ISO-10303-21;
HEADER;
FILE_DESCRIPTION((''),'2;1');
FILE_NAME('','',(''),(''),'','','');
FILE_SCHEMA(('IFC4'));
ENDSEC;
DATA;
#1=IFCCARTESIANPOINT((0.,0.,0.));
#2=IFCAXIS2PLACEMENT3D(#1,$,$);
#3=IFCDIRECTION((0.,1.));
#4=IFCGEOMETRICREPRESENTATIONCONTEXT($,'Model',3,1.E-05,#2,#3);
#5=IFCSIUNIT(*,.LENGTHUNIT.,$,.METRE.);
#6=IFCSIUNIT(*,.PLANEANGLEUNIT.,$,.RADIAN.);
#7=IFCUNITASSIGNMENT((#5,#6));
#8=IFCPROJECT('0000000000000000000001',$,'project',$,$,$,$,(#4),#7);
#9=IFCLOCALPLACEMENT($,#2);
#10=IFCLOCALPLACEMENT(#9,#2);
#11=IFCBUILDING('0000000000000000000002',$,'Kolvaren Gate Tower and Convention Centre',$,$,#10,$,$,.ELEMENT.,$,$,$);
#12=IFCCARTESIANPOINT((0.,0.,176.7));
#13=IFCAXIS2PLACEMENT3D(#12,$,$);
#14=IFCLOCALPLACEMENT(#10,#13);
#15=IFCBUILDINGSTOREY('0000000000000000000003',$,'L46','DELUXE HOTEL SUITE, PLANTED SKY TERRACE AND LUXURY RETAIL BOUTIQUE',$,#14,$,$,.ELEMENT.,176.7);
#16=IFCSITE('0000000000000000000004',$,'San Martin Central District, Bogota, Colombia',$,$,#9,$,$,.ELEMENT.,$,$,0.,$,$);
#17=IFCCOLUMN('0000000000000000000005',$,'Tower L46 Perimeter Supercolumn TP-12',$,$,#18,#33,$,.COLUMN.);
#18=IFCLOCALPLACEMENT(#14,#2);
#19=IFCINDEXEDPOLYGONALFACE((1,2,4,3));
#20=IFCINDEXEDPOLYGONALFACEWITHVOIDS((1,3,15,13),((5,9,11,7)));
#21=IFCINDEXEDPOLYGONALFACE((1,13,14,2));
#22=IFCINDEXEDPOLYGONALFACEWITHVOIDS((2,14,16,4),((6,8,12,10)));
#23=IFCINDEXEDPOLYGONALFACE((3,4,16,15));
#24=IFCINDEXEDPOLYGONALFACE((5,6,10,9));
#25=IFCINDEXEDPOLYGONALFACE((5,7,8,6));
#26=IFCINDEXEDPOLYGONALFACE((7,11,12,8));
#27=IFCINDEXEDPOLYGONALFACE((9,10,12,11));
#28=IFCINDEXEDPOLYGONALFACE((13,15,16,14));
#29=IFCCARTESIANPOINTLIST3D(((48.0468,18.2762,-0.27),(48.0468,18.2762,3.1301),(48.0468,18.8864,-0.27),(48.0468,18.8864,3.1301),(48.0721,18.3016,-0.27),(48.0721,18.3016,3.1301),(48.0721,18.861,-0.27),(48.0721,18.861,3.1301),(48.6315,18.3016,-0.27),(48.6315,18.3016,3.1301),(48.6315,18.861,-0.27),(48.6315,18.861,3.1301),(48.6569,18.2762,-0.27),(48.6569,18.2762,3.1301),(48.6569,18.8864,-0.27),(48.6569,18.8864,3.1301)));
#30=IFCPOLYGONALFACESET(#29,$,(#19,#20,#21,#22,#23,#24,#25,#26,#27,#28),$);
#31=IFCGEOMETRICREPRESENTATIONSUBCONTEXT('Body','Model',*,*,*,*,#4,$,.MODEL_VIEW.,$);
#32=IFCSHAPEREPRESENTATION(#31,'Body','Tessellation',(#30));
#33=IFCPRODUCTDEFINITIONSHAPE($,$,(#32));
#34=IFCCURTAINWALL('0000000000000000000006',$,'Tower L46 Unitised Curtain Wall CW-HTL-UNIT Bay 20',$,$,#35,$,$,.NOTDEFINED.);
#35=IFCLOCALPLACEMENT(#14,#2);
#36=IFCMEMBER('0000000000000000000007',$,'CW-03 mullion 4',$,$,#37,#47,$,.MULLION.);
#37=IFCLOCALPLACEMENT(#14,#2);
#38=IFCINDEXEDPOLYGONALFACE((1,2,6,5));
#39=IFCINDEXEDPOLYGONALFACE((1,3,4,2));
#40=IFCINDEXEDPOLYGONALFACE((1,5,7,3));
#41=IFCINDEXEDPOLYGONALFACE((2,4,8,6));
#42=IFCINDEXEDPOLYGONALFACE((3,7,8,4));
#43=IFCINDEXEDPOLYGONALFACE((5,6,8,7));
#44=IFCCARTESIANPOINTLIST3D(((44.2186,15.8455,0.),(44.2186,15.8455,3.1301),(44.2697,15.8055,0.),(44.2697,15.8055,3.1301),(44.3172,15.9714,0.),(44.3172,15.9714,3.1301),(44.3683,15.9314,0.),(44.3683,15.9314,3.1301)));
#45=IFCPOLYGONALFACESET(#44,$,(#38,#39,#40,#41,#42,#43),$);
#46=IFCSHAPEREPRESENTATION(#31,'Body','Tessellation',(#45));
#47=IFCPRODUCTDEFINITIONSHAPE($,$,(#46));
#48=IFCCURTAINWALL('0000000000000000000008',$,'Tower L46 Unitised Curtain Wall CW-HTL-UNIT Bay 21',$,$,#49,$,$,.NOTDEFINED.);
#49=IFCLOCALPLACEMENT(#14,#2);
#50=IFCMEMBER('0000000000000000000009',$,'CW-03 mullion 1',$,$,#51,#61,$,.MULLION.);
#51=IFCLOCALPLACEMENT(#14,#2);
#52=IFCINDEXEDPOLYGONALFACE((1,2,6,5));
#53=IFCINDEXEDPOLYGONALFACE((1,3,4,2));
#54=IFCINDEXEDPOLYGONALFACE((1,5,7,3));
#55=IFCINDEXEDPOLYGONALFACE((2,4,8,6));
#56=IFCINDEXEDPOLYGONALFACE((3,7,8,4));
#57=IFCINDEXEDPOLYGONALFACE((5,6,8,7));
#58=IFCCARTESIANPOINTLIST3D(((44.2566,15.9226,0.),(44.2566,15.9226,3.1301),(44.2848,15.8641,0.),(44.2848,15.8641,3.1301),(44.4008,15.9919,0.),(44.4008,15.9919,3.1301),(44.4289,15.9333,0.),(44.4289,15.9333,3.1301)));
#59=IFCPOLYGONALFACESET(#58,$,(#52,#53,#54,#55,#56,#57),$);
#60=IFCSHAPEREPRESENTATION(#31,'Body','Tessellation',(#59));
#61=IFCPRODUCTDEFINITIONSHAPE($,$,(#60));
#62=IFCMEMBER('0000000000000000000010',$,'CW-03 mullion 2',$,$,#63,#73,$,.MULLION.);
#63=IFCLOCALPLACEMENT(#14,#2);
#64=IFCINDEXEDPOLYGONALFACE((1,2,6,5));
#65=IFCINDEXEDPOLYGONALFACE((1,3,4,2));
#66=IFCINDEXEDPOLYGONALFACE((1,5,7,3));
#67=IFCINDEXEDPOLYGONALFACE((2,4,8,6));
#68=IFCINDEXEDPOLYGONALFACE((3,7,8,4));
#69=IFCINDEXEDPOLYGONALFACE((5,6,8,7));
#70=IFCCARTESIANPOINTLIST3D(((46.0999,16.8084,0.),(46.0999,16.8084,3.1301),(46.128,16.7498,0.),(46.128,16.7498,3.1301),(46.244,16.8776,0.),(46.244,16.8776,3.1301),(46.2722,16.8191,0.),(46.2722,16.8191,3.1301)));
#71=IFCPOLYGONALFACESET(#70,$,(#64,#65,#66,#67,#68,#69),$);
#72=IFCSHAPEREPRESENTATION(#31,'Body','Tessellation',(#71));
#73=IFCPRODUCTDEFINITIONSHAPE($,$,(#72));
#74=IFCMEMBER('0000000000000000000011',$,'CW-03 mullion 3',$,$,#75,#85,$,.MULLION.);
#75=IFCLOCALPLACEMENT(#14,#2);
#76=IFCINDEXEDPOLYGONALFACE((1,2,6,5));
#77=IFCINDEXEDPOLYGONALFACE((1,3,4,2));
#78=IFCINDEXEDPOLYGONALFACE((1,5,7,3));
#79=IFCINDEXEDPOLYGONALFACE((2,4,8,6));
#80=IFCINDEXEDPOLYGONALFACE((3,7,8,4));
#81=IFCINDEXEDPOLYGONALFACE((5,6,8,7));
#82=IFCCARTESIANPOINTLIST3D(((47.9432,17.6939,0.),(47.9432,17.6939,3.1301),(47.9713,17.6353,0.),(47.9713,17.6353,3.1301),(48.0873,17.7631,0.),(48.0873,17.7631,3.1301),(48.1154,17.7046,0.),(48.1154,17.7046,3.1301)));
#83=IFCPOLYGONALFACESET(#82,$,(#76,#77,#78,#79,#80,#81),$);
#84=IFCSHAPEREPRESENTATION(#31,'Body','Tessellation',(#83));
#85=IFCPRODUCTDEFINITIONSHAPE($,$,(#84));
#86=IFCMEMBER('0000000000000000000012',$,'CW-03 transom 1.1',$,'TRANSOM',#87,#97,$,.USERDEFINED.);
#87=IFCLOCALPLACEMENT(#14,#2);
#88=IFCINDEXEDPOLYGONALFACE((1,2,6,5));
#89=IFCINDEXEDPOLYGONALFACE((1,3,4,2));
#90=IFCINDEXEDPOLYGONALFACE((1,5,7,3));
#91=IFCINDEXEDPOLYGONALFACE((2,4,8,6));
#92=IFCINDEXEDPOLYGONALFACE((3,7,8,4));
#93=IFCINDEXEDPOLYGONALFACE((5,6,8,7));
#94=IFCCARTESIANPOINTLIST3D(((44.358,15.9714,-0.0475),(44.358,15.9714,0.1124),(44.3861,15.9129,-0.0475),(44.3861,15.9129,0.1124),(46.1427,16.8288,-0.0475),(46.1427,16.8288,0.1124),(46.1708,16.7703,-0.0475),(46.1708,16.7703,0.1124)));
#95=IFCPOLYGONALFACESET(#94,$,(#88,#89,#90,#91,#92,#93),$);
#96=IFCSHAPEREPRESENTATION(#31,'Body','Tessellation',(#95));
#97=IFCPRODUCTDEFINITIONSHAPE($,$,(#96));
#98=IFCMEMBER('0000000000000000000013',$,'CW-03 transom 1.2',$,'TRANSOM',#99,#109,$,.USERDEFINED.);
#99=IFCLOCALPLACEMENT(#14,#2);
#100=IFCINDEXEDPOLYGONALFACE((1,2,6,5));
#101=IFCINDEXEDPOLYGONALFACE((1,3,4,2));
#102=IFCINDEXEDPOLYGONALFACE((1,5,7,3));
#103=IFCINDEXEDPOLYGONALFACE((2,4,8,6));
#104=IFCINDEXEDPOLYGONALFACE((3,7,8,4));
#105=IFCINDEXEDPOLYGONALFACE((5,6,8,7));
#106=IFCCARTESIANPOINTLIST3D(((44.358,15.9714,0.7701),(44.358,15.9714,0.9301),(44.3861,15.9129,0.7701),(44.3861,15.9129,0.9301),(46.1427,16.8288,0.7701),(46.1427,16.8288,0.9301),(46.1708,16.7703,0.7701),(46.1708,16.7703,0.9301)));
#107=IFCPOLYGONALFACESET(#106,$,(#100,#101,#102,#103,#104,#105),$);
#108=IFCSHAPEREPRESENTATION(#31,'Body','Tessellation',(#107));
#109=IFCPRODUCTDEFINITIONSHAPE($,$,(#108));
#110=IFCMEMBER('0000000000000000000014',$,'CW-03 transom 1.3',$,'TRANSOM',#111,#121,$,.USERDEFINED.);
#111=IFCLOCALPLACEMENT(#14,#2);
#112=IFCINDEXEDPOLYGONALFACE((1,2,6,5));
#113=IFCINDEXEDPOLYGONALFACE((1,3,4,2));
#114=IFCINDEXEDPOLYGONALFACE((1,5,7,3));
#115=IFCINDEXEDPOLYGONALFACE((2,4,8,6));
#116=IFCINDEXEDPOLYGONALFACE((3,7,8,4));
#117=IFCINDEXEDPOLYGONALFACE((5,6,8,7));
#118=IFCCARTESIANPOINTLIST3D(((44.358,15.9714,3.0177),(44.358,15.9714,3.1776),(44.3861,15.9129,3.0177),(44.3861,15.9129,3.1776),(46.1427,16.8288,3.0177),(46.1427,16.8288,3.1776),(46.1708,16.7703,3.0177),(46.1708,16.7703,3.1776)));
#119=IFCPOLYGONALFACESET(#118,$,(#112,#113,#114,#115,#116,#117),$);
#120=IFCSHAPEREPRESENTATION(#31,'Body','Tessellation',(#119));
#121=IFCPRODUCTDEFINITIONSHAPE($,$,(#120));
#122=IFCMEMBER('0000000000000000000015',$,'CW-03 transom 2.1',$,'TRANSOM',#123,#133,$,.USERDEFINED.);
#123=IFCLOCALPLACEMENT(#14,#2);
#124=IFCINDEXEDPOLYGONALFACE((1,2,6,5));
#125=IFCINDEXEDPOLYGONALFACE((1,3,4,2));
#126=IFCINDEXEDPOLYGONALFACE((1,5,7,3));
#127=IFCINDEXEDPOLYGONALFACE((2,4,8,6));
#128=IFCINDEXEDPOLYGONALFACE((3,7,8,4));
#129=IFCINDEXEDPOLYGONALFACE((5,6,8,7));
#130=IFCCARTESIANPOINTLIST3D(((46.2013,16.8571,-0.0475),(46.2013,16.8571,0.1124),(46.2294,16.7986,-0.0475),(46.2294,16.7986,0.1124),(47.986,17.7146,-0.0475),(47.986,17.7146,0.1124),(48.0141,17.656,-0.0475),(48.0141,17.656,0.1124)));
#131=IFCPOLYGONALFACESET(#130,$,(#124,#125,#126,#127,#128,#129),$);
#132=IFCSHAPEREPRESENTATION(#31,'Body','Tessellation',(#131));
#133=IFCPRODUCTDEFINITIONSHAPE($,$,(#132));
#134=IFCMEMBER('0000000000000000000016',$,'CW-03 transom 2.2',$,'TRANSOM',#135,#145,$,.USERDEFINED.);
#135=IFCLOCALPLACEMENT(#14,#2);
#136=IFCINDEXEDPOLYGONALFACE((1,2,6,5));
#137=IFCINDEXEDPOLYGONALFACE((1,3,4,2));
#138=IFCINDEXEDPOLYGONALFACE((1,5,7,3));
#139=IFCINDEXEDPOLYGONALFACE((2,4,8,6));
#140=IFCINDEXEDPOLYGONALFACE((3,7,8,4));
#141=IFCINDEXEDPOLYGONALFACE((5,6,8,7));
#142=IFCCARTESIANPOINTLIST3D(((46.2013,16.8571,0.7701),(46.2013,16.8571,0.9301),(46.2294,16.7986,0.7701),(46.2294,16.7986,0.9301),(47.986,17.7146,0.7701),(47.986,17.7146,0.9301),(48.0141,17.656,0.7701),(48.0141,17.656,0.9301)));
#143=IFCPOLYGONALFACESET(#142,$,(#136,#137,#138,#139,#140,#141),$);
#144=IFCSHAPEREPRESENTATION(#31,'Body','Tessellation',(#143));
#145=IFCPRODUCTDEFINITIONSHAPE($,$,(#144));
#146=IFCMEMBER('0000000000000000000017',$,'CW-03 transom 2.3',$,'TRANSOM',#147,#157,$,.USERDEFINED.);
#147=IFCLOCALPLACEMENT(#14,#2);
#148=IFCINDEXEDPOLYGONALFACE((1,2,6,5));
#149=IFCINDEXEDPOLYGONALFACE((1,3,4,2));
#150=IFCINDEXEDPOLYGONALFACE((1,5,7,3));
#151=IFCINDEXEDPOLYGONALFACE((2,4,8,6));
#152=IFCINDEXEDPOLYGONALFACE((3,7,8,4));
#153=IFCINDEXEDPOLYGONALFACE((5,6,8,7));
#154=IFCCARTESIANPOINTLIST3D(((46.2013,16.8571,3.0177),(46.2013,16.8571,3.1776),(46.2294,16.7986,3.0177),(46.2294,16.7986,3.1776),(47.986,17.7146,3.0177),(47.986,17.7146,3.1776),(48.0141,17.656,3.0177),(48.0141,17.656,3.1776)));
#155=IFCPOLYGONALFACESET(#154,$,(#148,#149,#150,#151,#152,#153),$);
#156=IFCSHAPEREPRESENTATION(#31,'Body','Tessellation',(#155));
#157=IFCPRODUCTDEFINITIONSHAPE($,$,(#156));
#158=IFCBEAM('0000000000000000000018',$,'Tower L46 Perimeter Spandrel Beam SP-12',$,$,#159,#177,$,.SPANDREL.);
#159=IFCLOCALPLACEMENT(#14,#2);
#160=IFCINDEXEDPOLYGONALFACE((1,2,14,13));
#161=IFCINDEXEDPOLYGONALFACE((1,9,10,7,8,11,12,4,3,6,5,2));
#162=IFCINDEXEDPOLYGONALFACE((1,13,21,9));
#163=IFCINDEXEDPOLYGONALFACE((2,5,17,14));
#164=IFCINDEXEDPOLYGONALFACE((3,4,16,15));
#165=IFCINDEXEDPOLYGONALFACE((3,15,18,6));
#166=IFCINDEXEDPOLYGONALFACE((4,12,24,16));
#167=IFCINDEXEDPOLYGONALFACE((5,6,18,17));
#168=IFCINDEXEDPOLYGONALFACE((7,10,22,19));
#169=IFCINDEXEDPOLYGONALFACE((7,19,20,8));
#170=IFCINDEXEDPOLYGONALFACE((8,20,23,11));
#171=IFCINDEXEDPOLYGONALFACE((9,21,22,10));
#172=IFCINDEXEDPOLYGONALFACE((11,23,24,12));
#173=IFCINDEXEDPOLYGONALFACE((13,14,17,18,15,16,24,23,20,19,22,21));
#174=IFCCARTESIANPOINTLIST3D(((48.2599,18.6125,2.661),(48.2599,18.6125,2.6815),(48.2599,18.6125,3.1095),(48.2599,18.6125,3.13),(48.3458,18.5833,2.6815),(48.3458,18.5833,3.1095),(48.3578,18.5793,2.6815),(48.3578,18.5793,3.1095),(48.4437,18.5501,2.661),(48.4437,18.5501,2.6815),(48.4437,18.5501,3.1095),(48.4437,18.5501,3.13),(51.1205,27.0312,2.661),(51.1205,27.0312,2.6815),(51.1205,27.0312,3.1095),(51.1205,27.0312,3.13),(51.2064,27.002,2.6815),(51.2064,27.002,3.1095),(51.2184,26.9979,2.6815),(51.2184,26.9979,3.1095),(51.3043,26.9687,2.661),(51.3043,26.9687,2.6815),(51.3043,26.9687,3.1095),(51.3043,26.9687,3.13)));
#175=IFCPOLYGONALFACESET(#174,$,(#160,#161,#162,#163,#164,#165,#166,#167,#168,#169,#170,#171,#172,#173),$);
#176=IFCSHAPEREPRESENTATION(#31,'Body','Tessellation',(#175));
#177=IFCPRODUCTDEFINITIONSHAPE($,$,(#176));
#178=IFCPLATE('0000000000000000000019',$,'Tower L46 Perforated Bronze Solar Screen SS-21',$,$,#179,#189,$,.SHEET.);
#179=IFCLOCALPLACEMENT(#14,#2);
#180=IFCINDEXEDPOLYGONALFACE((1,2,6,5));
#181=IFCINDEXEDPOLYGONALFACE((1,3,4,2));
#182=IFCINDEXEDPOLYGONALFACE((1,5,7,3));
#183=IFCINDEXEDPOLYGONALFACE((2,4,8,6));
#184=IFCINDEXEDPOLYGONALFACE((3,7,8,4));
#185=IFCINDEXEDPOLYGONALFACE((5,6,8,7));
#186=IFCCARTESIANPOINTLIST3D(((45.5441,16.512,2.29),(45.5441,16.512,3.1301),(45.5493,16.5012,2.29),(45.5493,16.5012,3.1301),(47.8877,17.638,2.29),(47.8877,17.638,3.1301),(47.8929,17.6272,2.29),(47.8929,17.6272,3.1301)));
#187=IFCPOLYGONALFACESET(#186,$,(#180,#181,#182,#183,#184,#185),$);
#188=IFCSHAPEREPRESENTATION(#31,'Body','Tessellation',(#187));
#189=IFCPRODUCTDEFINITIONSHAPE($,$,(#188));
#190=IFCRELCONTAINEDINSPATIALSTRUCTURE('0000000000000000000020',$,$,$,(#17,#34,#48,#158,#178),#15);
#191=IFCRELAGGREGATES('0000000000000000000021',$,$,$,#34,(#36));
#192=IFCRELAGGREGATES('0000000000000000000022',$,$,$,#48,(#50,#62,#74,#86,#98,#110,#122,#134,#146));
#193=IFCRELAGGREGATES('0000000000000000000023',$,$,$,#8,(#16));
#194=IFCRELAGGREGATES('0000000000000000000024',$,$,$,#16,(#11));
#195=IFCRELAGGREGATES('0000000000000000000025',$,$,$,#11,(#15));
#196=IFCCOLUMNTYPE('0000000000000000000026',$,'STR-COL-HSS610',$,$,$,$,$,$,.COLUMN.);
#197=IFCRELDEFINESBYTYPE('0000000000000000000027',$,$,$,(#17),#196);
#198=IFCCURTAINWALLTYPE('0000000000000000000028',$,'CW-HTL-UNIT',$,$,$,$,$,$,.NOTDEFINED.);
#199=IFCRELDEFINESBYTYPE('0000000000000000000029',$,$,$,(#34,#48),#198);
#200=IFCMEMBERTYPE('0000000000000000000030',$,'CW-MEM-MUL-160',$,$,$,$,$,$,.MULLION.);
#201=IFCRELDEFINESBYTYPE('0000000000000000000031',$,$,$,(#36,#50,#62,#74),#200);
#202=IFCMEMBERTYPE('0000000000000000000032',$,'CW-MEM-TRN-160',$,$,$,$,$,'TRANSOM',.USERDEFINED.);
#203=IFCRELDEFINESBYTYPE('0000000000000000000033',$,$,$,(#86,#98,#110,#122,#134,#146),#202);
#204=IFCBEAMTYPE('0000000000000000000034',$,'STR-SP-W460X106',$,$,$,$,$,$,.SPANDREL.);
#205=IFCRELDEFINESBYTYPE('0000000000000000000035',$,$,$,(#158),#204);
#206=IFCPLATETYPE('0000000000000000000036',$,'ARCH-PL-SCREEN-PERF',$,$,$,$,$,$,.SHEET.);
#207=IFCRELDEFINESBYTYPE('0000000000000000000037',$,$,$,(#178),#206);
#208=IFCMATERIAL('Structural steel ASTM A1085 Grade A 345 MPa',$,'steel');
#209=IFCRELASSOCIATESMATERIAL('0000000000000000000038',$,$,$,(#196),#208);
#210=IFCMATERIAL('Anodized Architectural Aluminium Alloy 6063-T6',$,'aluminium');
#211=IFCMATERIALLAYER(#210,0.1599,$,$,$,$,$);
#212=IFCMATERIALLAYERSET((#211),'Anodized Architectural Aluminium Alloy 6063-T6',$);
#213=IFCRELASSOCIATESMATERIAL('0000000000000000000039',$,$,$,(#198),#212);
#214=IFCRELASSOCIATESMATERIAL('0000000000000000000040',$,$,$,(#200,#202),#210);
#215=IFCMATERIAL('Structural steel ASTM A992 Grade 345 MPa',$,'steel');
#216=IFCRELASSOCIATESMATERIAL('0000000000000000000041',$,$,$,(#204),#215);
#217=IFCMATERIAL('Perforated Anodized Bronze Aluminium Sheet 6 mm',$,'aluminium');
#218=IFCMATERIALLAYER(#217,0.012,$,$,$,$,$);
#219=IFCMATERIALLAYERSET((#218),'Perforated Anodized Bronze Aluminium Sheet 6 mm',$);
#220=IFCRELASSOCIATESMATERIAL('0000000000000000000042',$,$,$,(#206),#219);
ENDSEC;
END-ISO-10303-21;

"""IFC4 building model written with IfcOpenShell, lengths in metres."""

from ifc_helpers import new_model, si_unit, direction, frame, origin, origin_2d, place, context, subcontext, project, spatial, rectangle, hollow_rectangle, i_section, extrude, material, layer, layer_set, material_profile, profile_set, type_object, element, aggregate, save


model = new_model("IFC4")

# Units and contexts
model_context = context("Model", 3, precision=1e-05, world=origin(), true_north=direction((0.0, 1.0)))
body_context = subcontext(model_context, "Body", "Model", "MODEL_VIEW")
ifc_project = project(units=[si_unit("LENGTHUNIT", "METRE"), si_unit("PLANEANGLEUNIT", "RADIAN")], contexts=[model_context])

# Site, building, storey
site_placement = place(None, origin())
site = spatial("IfcSite", under=ifc_project, at=site_placement, Name="San Martin Central District, Bogota, Colombia", CompositionType="ELEMENT", RefElevation=0.0)
building_placement = place(site_placement, origin())
building = spatial("IfcBuilding", under=site, at=building_placement, Name="Kolvaren Gate Tower and Convention Centre", CompositionType="ELEMENT")
storey_placement = place(building_placement, frame((0.0, 0.0, 176.7)))
storey = spatial("IfcBuildingStorey", under=building, at=storey_placement, Name="L46", Description="DELUXE HOTEL SUITE, PLANTED SKY TERRACE AND LUXURY RETAIL BOUTIQUE", CompositionType="ELEMENT", Elevation=176.7)

# Column
ifc_material_1 = material(Name="Structural steel ASTM A1085 Grade A 345 MPa", Category="steel")
ifc_material_profile_1 = material_profile(ifc_material_1, hollow_rectangle(XDim=0.6101, YDim=0.6101, WallThickness=0.0254, at=origin_2d()), Name="HSS610X610X25.4")
ifc_profile_set_1 = profile_set([ifc_material_profile_1], Name="Structural steel ASTM A1085 Grade A 345 MPa")
column_type = type_object("IfcColumnType", Name="STR-COL-HSS610", PredefinedType="COLUMN", material=ifc_profile_set_1)
column_placement = place(storey_placement, frame((48.3518, 18.5813, -0.27), z_axis=(0.0, 0.0, 1.0), x_axis=(1.0, 0.0, 0.0)))
element("IfcColumn", 1, at=column_placement, inside=storey, type_object=column_type, Name="Tower L46 Perimeter Supercolumn TP-12", PredefinedType="COLUMN", context=body_context, shape_type="SweptSolid", body=[
    extrude(hollow_rectangle(XDim=0.6101, YDim=0.6101, WallThickness=0.0254, at=origin_2d()), origin(), (0.0, 0.0, 1.0), 3.4001),
])

# Curtain wall, member
ifc_material_2 = material(Name="Anodized Architectural Aluminium Alloy 6063-T6", Category="aluminium")
ifc_layer_1 = layer(ifc_material_2, 0.1599)
ifc_layer_set_1 = layer_set([ifc_layer_1], Name="Anodized Architectural Aluminium Alloy 6063-T6")
curtain_wall_type = type_object("IfcCurtainWallType", Name="CW-HTL-UNIT", PredefinedType="NOTDEFINED", material=ifc_layer_set_1)
curtain_wall_1_placement = place(storey_placement, origin())
curtain_wall_1 = element("IfcCurtainWall", 2, at=curtain_wall_1_placement, inside=storey, type_object=curtain_wall_type, Name="Tower L46 Unitised Curtain Wall CW-HTL-UNIT Bay 20", PredefinedType="NOTDEFINED")
ifc_material_profile_2 = material_profile(ifc_material_2, rectangle(XDim=0.0649, YDim=0.1599, at=origin_2d()), Name="CW-MEM-MUL-160")
ifc_profile_set_2 = profile_set([ifc_material_profile_2], Name="Anodized Architectural Aluminium Alloy 6063-T6")
member_type_1 = type_object("IfcMemberType", Name="CW-MEM-MUL-160", PredefinedType="MULLION", material=ifc_profile_set_2)
member_1_placement = place(storey_placement, frame((44.2935, 15.8884, 0.0), z_axis=(0.0, 0.0, 1.0), x_axis=(-0.787404, 0.616438, 0.0)))
member_1 = element("IfcMember", 3, at=member_1_placement, type_object=member_type_1, Name="CW-03 mullion 4", PredefinedType="MULLION", context=body_context, shape_type="SweptSolid", body=[
    extrude(rectangle(XDim=0.0649, YDim=0.1599, at=origin_2d()), origin(), (0.0, 0.0, 1.0), 3.1301),
])

# Curtain wall, members
curtain_wall_2_placement = place(storey_placement, origin())
curtain_wall_2 = element("IfcCurtainWall", 4, at=curtain_wall_2_placement, inside=storey, type_object=curtain_wall_type, Name="Tower L46 Unitised Curtain Wall CW-HTL-UNIT Bay 21", PredefinedType="NOTDEFINED")
member_2_placement = place(storey_placement, frame((44.3428, 15.928, 0.0), z_axis=(0.0, 0.0, 1.0), x_axis=(-0.433074, 0.901358, 0.0)))
member_2 = element("IfcMember", 5, at=member_2_placement, type_object=member_type_1, Name="CW-03 mullion 1", PredefinedType="MULLION", context=body_context, shape_type="SweptSolid", body=[
    extrude(rectangle(XDim=0.0649, YDim=0.1599, at=origin_2d()), origin(), (0.0, 0.0, 1.0), 3.1301),
])
member_3_placement = place(storey_placement, frame((46.186, 16.8137, 0.0), z_axis=(0.0, 0.0, 1.0), x_axis=(-0.433074, 0.901358, 0.0)))
member_3 = element("IfcMember", 6, at=member_3_placement, type_object=member_type_1, Name="CW-03 mullion 2", PredefinedType="MULLION", context=body_context, shape_type="SweptSolid", body=[
    extrude(rectangle(XDim=0.0649, YDim=0.1599, at=origin_2d()), origin(), (0.0, 0.0, 1.0), 3.1301),
])
member_4_placement = place(storey_placement, frame((48.0293, 17.6992, 0.0), z_axis=(0.0, 0.0, 1.0), x_axis=(-0.433074, 0.901358, 0.0)))
member_4 = element("IfcMember", 7, at=member_4_placement, type_object=member_type_1, Name="CW-03 mullion 3", PredefinedType="MULLION", context=body_context, shape_type="SweptSolid", body=[
    extrude(rectangle(XDim=0.0649, YDim=0.1599, at=origin_2d()), origin(), (0.0, 0.0, 1.0), 3.1301),
])
ifc_material_profile_3 = material_profile(ifc_material_2, rectangle(XDim=0.0649, YDim=0.1599, at=origin_2d()), Name="CW-MEM-TRN-160")
ifc_profile_set_3 = profile_set([ifc_material_profile_3], Name="Anodized Architectural Aluminium Alloy 6063-T6")
member_type_2 = type_object("IfcMemberType", Name="CW-MEM-TRN-160", ElementType="TRANSOM", PredefinedType="USERDEFINED", material=ifc_profile_set_3)
member_5_placement = place(storey_placement, frame((44.3721, 15.9421, 0.0325), z_axis=(0.901369, 0.433052, 0.0), x_axis=(-0.433052, 0.901369, 0.0)))
member_5 = element("IfcMember", 8, at=member_5_placement, type_object=member_type_2, Name="CW-03 transom 1.1", ObjectType="TRANSOM", PredefinedType="USERDEFINED", context=body_context, shape_type="SweptSolid", body=[
    extrude(rectangle(XDim=0.0649, YDim=0.1599, at=origin_2d()), origin(), (0.0, 0.0, 1.0), 1.98),
])
member_6_placement = place(storey_placement, frame((44.3721, 15.9421, 0.8501), z_axis=(0.901369, 0.433052, 0.0), x_axis=(-0.433052, 0.901369, 0.0)))
member_6 = element("IfcMember", 9, at=member_6_placement, type_object=member_type_2, Name="CW-03 transom 1.2", ObjectType="TRANSOM", PredefinedType="USERDEFINED", context=body_context, shape_type="SweptSolid", body=[
    extrude(rectangle(XDim=0.0649, YDim=0.1599, at=origin_2d()), origin(), (0.0, 0.0, 1.0), 1.98),
])
member_7_placement = place(storey_placement, frame((44.3721, 15.9421, 3.0977), z_axis=(0.901369, 0.433052, 0.0), x_axis=(-0.433052, 0.901369, 0.0)))
member_7 = element("IfcMember", 10, at=member_7_placement, type_object=member_type_2, Name="CW-03 transom 1.3", ObjectType="TRANSOM", PredefinedType="USERDEFINED", context=body_context, shape_type="SweptSolid", body=[
    extrude(rectangle(XDim=0.0649, YDim=0.1599, at=origin_2d()), origin(), (0.0, 0.0, 1.0), 1.98),
])
member_8_placement = place(storey_placement, frame((46.2153, 16.8279, 0.0325), z_axis=(0.901369, 0.433052, 0.0), x_axis=(-0.433052, 0.901369, 0.0)))
member_8 = element("IfcMember", 11, at=member_8_placement, type_object=member_type_2, Name="CW-03 transom 2.1", ObjectType="TRANSOM", PredefinedType="USERDEFINED", context=body_context, shape_type="SweptSolid", body=[
    extrude(rectangle(XDim=0.0649, YDim=0.1599, at=origin_2d()), origin(), (0.0, 0.0, 1.0), 1.98),
])
member_9_placement = place(storey_placement, frame((46.2153, 16.8279, 0.8501), z_axis=(0.901369, 0.433052, 0.0), x_axis=(-0.433052, 0.901369, 0.0)))
member_9 = element("IfcMember", 12, at=member_9_placement, type_object=member_type_2, Name="CW-03 transom 2.2", ObjectType="TRANSOM", PredefinedType="USERDEFINED", context=body_context, shape_type="SweptSolid", body=[
    extrude(rectangle(XDim=0.0649, YDim=0.1599, at=origin_2d()), origin(), (0.0, 0.0, 1.0), 1.98),
])
member_10_placement = place(storey_placement, frame((46.2153, 16.8279, 3.0977), z_axis=(0.901369, 0.433052, 0.0), x_axis=(-0.433052, 0.901369, 0.0)))
member_10 = element("IfcMember", 13, at=member_10_placement, type_object=member_type_2, Name="CW-03 transom 2.3", ObjectType="TRANSOM", PredefinedType="USERDEFINED", context=body_context, shape_type="SweptSolid", body=[
    extrude(rectangle(XDim=0.0649, YDim=0.1599, at=origin_2d()), origin(), (0.0, 0.0, 1.0), 1.98),
])

# Beam
ifc_material_3 = material(Name="Structural steel ASTM A992 Grade 345 MPa", Category="steel")
ifc_material_profile_4 = material_profile(ifc_material_3, i_section(OverallWidth=0.1941, OverallDepth=0.469, WebThickness=0.0127, FlangeThickness=0.0205, at=origin_2d()), Name="W460X106")
ifc_profile_set_4 = profile_set([ifc_material_profile_4], Name="Structural steel ASTM A992 Grade 345 MPa")
beam_type = type_object("IfcBeamType", Name="STR-SP-W460X106", PredefinedType="SPANDREL", material=ifc_profile_set_4)
beam_placement = place(storey_placement, frame((48.3518, 18.5813, 2.8955), z_axis=(0.321725, 0.946833, 0.0), x_axis=(-0.946833, 0.321725, 0.0)))
element("IfcBeam", 14, at=beam_placement, inside=storey, type_object=beam_type, Name="Tower L46 Perimeter Spandrel Beam SP-12", PredefinedType="SPANDREL", context=body_context, shape_type="SweptSolid", body=[
    extrude(i_section(OverallWidth=0.1941, OverallDepth=0.469, WebThickness=0.0127, FlangeThickness=0.0205, at=origin_2d()), origin(), (0.0, 0.0, 1.0), 8.8914),
])

# Plate
ifc_material_4 = material(Name="Perforated Anodized Bronze Aluminium Sheet 6 mm", Category="aluminium")
ifc_layer_2 = layer(ifc_material_4, 0.012)
ifc_layer_set_2 = layer_set([ifc_layer_2], Name="Perforated Anodized Bronze Aluminium Sheet 6 mm")
plate_type_1 = type_object("IfcPlateType", Name="ARCH-PL-SCREEN-PERF", PredefinedType="SHEET", material=ifc_layer_set_2)
plate_1_placement = place(storey_placement, frame((46.7185, 17.0696, 2.29), z_axis=(0.0, 0.0, 1.0), x_axis=(0.901358, 0.433074, 0.0)))
element("IfcPlate", 15, at=plate_1_placement, inside=storey, type_object=plate_type_1, Name="Tower L46 Perforated Bronze Solar Screen SS-21", PredefinedType="SHEET", context=body_context, shape_type="SweptSolid", body=[
    extrude(rectangle(XDim=2.6001, YDim=0.012, at=origin_2d()), origin(), (0.0, 0.0, 1.0), 0.8401),
])
aggregate(curtain_wall_1, [member_1])
aggregate(curtain_wall_2, [member_2, member_3, member_4, member_5, member_6, member_7, member_8, member_9, member_10])

save(model, "model.ifc")
